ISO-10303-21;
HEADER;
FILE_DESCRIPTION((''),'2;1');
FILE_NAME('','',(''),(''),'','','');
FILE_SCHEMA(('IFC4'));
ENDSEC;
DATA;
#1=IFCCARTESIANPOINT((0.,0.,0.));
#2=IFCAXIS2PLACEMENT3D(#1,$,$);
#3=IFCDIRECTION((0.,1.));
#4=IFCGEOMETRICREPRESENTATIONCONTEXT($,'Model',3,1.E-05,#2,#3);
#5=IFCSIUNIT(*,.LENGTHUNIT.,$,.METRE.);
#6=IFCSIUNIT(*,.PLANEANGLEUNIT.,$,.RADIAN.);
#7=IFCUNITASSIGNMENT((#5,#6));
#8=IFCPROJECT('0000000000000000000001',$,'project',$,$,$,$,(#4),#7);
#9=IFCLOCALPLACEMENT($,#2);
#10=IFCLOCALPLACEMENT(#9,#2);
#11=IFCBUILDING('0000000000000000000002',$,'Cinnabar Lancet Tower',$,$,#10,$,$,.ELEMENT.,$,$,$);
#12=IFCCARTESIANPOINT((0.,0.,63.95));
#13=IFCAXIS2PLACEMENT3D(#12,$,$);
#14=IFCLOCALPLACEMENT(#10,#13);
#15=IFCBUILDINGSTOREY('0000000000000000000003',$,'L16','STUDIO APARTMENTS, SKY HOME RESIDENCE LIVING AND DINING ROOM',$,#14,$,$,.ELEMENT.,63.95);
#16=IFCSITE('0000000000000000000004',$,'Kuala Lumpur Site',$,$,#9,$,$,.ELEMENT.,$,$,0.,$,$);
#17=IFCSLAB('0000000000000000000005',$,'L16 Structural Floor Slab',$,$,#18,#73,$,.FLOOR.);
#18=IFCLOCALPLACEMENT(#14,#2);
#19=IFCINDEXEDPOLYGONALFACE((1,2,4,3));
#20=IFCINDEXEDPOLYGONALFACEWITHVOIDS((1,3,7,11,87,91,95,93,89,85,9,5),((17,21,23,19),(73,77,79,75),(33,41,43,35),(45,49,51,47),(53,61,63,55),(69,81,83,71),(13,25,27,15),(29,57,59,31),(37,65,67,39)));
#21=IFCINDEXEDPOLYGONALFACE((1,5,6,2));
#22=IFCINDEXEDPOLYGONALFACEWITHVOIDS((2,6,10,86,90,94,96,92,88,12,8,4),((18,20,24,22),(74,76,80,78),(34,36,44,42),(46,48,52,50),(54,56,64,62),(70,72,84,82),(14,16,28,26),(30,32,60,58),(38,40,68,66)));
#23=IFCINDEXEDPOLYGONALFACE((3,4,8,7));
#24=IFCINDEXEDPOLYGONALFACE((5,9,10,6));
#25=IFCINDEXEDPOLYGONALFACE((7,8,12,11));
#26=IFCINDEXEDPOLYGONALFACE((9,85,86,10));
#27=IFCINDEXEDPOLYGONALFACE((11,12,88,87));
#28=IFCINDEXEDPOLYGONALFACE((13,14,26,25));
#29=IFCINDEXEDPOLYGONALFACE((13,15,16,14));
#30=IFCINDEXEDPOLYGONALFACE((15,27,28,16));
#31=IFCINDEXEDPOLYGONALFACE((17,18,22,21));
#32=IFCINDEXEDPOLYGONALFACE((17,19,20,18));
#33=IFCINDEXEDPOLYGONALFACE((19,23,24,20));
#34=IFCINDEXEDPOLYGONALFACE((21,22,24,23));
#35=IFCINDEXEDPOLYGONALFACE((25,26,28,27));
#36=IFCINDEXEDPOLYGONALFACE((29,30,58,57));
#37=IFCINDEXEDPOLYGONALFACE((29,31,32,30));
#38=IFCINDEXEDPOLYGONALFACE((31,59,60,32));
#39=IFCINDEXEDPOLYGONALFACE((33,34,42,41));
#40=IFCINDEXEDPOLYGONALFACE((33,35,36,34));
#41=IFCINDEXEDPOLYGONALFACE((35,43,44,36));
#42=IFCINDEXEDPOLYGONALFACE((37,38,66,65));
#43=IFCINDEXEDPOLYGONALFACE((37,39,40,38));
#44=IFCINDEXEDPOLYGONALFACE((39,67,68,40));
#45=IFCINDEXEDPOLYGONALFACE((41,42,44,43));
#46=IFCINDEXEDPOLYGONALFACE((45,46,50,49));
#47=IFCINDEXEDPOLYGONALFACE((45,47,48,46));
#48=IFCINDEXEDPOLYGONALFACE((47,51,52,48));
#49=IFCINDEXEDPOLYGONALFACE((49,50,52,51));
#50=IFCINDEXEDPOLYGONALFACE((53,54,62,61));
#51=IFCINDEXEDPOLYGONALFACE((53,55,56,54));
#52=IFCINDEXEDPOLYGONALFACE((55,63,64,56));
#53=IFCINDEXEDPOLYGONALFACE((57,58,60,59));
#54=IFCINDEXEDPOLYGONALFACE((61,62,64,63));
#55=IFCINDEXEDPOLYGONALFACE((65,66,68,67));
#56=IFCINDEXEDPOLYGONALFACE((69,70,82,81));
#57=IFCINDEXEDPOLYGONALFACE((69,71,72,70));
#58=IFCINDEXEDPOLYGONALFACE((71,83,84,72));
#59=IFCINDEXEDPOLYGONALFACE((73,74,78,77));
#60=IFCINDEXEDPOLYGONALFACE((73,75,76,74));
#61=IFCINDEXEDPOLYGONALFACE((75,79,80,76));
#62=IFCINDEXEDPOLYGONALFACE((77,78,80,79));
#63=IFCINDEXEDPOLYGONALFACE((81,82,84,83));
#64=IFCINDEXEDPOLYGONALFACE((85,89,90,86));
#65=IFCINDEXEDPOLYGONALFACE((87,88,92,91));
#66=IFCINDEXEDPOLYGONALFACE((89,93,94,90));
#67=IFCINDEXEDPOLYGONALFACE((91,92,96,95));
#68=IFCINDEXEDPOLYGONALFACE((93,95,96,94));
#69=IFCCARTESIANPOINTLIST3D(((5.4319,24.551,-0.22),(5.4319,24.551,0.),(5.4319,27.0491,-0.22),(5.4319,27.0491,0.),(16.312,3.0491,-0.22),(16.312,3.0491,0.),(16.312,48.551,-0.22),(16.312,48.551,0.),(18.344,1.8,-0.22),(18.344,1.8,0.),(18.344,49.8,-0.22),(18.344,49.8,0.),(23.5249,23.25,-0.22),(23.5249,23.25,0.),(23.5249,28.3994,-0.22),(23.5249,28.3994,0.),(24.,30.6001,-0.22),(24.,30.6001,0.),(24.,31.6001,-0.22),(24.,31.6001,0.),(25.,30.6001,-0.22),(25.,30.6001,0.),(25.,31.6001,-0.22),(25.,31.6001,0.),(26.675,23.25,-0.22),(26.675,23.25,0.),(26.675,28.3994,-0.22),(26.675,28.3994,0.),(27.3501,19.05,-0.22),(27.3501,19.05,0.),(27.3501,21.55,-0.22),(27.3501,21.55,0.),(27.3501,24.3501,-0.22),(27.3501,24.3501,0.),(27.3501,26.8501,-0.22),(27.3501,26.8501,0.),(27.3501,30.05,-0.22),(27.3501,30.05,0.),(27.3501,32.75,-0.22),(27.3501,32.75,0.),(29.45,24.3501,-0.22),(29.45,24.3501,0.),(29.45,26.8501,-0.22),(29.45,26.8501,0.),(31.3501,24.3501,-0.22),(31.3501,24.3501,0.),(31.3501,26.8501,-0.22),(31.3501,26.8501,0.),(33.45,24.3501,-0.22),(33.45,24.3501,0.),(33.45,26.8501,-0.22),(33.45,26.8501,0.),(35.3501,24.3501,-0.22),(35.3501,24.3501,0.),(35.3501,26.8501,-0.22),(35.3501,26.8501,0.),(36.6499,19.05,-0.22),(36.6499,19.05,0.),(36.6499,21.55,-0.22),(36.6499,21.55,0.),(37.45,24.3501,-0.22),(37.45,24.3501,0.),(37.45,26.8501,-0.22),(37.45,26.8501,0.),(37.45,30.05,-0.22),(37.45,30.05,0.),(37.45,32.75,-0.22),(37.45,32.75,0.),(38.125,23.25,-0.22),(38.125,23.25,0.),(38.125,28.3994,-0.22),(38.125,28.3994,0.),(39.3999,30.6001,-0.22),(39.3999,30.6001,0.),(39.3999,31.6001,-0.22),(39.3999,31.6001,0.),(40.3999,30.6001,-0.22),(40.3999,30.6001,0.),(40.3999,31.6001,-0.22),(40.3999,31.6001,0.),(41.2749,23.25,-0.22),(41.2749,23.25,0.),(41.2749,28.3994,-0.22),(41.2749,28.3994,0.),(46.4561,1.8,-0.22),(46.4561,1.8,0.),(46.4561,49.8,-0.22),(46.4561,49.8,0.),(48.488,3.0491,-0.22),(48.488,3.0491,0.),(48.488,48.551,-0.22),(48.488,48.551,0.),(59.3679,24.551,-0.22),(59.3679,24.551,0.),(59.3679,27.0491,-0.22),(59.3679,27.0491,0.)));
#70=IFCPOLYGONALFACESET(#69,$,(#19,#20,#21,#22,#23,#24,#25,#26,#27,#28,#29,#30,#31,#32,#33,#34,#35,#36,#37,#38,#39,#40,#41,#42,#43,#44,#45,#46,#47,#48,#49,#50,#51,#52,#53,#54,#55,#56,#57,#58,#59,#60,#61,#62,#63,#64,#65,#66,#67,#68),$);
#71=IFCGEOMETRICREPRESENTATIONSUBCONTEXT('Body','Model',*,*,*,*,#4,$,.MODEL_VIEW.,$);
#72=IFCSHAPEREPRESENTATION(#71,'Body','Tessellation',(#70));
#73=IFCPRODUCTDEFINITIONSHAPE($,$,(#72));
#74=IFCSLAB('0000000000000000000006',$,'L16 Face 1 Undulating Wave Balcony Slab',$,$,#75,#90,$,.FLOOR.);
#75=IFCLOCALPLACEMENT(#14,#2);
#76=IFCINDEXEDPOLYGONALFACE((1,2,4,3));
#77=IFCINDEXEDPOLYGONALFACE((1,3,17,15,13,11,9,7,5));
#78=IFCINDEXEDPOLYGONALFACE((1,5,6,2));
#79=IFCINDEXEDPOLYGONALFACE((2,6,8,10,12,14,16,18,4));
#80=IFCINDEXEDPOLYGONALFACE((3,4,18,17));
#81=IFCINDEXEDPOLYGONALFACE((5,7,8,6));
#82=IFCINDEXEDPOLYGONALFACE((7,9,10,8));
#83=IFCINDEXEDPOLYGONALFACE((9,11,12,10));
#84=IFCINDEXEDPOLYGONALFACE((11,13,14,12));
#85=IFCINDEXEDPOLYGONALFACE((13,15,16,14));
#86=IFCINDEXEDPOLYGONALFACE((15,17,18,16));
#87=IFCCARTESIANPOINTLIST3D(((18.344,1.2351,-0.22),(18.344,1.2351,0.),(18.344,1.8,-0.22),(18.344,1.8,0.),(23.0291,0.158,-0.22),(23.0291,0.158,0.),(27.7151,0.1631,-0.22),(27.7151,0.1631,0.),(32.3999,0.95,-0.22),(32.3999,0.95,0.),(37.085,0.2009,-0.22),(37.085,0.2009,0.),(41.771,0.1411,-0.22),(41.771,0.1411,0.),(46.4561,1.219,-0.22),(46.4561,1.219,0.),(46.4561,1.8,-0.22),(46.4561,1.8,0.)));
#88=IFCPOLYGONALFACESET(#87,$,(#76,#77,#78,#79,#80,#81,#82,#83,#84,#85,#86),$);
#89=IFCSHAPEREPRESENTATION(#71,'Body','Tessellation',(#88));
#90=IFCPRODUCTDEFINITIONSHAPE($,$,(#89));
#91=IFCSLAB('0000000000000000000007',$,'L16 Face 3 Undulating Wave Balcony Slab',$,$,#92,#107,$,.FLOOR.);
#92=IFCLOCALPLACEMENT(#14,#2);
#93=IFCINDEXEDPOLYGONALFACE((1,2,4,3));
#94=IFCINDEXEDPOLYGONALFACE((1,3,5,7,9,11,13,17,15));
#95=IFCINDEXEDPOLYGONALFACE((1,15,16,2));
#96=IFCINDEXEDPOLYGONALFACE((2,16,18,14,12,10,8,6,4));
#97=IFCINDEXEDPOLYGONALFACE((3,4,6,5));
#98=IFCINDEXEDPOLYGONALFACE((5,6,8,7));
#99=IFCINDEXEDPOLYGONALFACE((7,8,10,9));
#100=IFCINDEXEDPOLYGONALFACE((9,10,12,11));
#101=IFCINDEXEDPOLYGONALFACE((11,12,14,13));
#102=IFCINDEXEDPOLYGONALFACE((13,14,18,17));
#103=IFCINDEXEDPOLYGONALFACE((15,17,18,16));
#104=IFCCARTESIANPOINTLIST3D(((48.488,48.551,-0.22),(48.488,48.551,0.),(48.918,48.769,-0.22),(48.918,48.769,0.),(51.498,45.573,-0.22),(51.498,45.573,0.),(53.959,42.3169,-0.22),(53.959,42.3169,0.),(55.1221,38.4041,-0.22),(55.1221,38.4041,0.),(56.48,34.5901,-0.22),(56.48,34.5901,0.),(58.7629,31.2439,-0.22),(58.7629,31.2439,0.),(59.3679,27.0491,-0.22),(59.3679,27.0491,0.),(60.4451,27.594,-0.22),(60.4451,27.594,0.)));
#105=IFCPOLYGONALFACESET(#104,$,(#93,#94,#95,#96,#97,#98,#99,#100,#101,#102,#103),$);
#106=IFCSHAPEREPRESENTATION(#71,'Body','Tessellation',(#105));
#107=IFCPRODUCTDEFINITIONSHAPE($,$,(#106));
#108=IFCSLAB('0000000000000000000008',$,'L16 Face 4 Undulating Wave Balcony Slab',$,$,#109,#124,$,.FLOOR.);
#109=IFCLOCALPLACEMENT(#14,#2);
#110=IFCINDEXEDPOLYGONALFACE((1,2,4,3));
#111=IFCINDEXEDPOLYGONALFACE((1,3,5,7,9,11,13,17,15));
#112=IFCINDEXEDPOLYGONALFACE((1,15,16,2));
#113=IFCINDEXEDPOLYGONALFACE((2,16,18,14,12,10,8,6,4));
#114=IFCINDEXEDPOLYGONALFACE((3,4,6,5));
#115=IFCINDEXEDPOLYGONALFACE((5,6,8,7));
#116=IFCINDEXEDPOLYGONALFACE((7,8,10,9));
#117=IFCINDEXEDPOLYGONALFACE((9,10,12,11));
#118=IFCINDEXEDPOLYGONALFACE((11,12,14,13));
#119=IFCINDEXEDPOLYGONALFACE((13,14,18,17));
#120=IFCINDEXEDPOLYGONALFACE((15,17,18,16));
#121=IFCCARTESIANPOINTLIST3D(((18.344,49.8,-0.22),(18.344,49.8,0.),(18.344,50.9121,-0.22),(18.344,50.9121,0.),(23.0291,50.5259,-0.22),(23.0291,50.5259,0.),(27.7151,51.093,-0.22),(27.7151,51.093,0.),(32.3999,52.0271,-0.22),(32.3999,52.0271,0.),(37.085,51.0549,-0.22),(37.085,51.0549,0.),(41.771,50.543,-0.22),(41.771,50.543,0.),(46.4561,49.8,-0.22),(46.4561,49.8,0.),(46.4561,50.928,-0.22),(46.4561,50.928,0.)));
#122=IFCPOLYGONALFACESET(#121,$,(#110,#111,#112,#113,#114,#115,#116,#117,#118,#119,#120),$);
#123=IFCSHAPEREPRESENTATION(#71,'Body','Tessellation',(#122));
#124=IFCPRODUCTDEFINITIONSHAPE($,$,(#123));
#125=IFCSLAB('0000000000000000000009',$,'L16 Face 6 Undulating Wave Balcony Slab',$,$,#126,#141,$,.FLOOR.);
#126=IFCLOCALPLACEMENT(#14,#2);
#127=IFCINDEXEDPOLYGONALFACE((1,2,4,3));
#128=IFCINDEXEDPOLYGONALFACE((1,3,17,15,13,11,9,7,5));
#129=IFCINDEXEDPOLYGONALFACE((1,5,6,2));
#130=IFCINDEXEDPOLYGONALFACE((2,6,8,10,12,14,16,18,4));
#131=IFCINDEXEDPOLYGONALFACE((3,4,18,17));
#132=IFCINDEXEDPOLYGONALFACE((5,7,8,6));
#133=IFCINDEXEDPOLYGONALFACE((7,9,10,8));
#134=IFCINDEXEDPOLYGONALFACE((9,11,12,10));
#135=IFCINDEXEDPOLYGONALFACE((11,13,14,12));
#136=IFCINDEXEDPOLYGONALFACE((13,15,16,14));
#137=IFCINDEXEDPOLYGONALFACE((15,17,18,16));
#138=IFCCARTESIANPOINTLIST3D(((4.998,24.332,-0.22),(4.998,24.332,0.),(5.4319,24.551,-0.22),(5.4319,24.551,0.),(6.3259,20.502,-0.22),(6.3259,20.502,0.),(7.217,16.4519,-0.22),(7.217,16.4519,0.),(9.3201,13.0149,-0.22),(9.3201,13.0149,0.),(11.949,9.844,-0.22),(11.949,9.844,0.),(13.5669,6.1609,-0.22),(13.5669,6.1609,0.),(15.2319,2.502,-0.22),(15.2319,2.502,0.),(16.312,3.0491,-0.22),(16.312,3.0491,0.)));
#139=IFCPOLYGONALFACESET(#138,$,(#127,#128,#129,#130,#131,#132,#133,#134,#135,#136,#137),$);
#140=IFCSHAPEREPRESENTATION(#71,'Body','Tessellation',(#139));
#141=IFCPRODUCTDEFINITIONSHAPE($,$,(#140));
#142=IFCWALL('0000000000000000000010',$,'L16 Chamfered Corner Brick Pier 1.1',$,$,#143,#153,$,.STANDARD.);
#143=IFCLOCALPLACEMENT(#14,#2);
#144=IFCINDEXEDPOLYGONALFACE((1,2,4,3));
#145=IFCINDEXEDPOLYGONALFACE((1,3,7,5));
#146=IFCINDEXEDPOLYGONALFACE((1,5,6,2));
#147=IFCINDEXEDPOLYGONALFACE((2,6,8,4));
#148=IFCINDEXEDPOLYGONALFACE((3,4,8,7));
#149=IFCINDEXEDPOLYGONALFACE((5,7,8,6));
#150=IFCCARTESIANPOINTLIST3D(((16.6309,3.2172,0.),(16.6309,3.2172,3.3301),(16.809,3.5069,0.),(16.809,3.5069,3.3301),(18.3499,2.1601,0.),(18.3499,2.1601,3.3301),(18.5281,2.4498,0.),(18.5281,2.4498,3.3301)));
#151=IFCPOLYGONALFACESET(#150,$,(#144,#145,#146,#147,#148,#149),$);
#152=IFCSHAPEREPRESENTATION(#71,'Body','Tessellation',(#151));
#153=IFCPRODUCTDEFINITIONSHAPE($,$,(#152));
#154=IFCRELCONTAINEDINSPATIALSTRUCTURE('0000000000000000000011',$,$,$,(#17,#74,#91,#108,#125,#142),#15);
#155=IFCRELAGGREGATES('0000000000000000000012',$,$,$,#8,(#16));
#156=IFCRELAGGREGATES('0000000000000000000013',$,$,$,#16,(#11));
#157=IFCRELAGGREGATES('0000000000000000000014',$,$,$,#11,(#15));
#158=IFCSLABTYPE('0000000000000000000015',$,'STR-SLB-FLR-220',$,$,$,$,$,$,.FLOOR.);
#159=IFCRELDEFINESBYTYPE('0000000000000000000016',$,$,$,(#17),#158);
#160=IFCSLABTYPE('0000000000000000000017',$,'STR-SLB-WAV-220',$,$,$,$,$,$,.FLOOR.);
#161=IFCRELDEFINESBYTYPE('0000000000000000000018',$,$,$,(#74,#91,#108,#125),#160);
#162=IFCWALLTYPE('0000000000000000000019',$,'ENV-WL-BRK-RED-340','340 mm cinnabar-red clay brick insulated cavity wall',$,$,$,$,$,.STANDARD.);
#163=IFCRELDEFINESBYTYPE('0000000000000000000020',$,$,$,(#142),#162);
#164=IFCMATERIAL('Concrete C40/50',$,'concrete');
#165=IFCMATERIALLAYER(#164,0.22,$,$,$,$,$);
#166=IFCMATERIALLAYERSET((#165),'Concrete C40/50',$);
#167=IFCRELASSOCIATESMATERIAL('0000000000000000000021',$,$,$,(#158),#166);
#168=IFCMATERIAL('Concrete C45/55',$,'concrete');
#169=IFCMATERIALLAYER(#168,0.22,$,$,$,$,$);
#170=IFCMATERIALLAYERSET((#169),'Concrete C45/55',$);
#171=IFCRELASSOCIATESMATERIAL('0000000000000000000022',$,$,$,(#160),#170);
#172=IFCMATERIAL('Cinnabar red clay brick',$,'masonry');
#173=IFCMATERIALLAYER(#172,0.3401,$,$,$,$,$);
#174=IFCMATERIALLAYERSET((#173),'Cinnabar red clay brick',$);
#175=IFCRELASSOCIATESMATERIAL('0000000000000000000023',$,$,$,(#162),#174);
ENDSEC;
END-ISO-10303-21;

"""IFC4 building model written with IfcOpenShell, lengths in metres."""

from ifc_helpers import new_model, si_unit, direction, frame, frame_2d, origin, place, context, subcontext, project, spatial, polyline, rectangle, outline, extrude, material, layer, layer_set, type_object, element, save


model = new_model("IFC4")

# Units and contexts
model_context = context("Model", 3, precision=1e-05, world=origin(), true_north=direction((0.0, 1.0)))
body_context = subcontext(model_context, "Body", "Model", "MODEL_VIEW")
ifc_project = project(units=[si_unit("LENGTHUNIT", "METRE"), si_unit("PLANEANGLEUNIT", "RADIAN")], contexts=[model_context])

# Site, building, storey
site_placement = place(None, origin())
site = spatial("IfcSite", under=ifc_project, at=site_placement, Name="Kuala Lumpur Site", CompositionType="ELEMENT", RefElevation=0.0)
building_placement = place(site_placement, origin())
building = spatial("IfcBuilding", under=site, at=building_placement, Name="Cinnabar Lancet Tower", CompositionType="ELEMENT")
storey_placement = place(building_placement, frame((0.0, 0.0, 63.95)))
storey = spatial("IfcBuildingStorey", under=building, at=storey_placement, Name="L16", Description="STUDIO APARTMENTS, SKY HOME RESIDENCE LIVING AND DINING ROOM", CompositionType="ELEMENT", Elevation=63.95)

# Slabs
ifc_material_1 = material(Name="Concrete C40/50", Category="concrete")
ifc_layer_1 = layer(ifc_material_1, 0.22)
ifc_layer_set_1 = layer_set([ifc_layer_1], Name="Concrete C40/50")
slab_type_1 = type_object("IfcSlabType", Name="STR-SLB-FLR-220", PredefinedType="FLOOR", material=ifc_layer_set_1)
slab_1_placement = place(storey_placement, frame((0.0, 0.0, -0.22)))
element("IfcSlab", 1, at=slab_1_placement, inside=storey, type_object=slab_type_1, Name="L16 Structural Floor Slab", PredefinedType="FLOOR", context=body_context, shape_type="SweptSolid", body=[
    extrude(outline(polyline([(16.312, 3.0491), (18.344, 1.8), (46.4561, 1.8), (48.488, 3.0491), (59.3679, 24.551), (59.3679, 27.0491), (48.488, 48.551), (46.4561, 49.8), (18.344, 49.8), (16.312, 48.551), (5.4319, 27.0491), (5.4319, 24.551), (16.312, 3.0491)]), holes=[polyline([(23.5249, 23.25), (26.675, 23.25), (26.675, 28.3994), (23.5249, 28.3994), (23.5249, 23.25)]), polyline([(38.125, 23.25), (41.2749, 23.25), (41.2749, 28.3994), (38.125, 28.3994), (38.125, 23.25)]), polyline([(27.3501, 30.05), (37.45, 30.05), (37.45, 32.75), (27.3501, 32.75), (27.3501, 30.05)]), polyline([(27.3501, 19.05), (36.6499, 19.05), (36.6499, 21.55), (27.3501, 21.55), (27.3501, 19.05)]), polyline([(27.3501, 24.3501), (29.45, 24.3501), (29.45, 26.8501), (27.3501, 26.8501), (27.3501, 24.3501)]), polyline([(35.3501, 24.3501), (37.45, 24.3501), (37.45, 26.8501), (35.3501, 26.8501), (35.3501, 24.3501)]), polyline([(31.3501, 24.3501), (33.45, 24.3501), (33.45, 26.8501), (31.3501, 26.8501), (31.3501, 24.3501)]), polyline([(24.0, 30.6001), (25.0, 30.6001), (25.0, 31.6001), (24.0, 31.6001), (24.0, 30.6001)]), polyline([(39.3999, 30.6001), (40.3999, 30.6001), (40.3999, 31.6001), (39.3999, 31.6001), (39.3999, 30.6001)])]), origin(), (0.0, 0.0, 1.0), 0.22),
])
ifc_material_2 = material(Name="Concrete C45/55", Category="concrete")
ifc_layer_2 = layer(ifc_material_2, 0.22)
ifc_layer_set_2 = layer_set([ifc_layer_2], Name="Concrete C45/55")
slab_type_2 = type_object("IfcSlabType", Name="STR-SLB-WAV-220", PredefinedType="FLOOR", material=ifc_layer_set_2)
slab_2_placement = place(storey_placement, frame((0.0, 0.0, -0.22)))
element("IfcSlab", 2, at=slab_2_placement, inside=storey, type_object=slab_type_2, Name="L16 Face 1 Undulating Wave Balcony Slab", PredefinedType="FLOOR", context=body_context, shape_type="SweptSolid", body=[
    extrude(outline(polyline([(18.344, 1.8), (18.344, 1.2351), (23.0291, 0.158), (27.7151, 0.1631), (32.3999, 0.95), (37.085, 0.2009), (41.771, 0.1411), (46.4561, 1.219), (46.4561, 1.8), (18.344, 1.8)])), origin(), (0.0, 0.0, 1.0), 0.22),
])
slab_3_placement = place(storey_placement, frame((0.0, 0.0, -0.22)))
element("IfcSlab", 3, at=slab_3_placement, inside=storey, type_object=slab_type_2, Name="L16 Face 3 Undulating Wave Balcony Slab", PredefinedType="FLOOR", context=body_context, shape_type="SweptSolid", body=[
    extrude(outline(polyline([(59.3679, 27.0491), (60.4451, 27.594), (58.7629, 31.2439), (56.48, 34.5901), (55.1221, 38.4041), (53.959, 42.3169), (51.498, 45.573), (48.918, 48.769), (48.488, 48.551), (59.3679, 27.0491)])), origin(), (0.0, 0.0, 1.0), 0.22),
])
slab_4_placement = place(storey_placement, frame((0.0, 0.0, -0.22)))
element("IfcSlab", 4, at=slab_4_placement, inside=storey, type_object=slab_type_2, Name="L16 Face 4 Undulating Wave Balcony Slab", PredefinedType="FLOOR", context=body_context, shape_type="SweptSolid", body=[
    extrude(outline(polyline([(46.4561, 49.8), (46.4561, 50.928), (41.771, 50.543), (37.085, 51.0549), (32.3999, 52.0271), (27.7151, 51.093), (23.0291, 50.5259), (18.344, 50.9121), (18.344, 49.8), (46.4561, 49.8)])), origin(), (0.0, 0.0, 1.0), 0.22),
])
slab_5_placement = place(storey_placement, frame((0.0, 0.0, -0.22)))
element("IfcSlab", 5, at=slab_5_placement, inside=storey, type_object=slab_type_2, Name="L16 Face 6 Undulating Wave Balcony Slab", PredefinedType="FLOOR", context=body_context, shape_type="SweptSolid", body=[
    extrude(outline(polyline([(5.4319, 24.551), (4.998, 24.332), (6.3259, 20.502), (7.217, 16.4519), (9.3201, 13.0149), (11.949, 9.844), (13.5669, 6.1609), (15.2319, 2.502), (16.312, 3.0491), (5.4319, 24.551)])), origin(), (0.0, 0.0, 1.0), 0.22),
])

# Wall
ifc_material_3 = material(Name="Cinnabar red clay brick", Category="masonry")
ifc_layer_3 = layer(ifc_material_3, 0.3401)
ifc_layer_set_3 = layer_set([ifc_layer_3], Name="Cinnabar red clay brick")
wall_type = type_object("IfcWallType", Name="ENV-WL-BRK-RED-340", Description="340 mm cinnabar-red clay brick insulated cavity wall", PredefinedType="STANDARD", material=ifc_layer_set_3)
wall_1_placement = place(storey_placement, frame((16.72, 3.3621, 0.0), z_axis=(0.0, 0.0, 1.0), x_axis=(0.851816, -0.523841, 0.0)))
element("IfcWall", 6, at=wall_1_placement, inside=storey, type_object=wall_type, Name="L16 Chamfered Corner Brick Pier 1.1", PredefinedType="STANDARD", context=body_context, shape_type="SweptSolid", body=[
    extrude(rectangle(XDim=2.0181, YDim=0.3401, at=frame_2d((1.009, 0.0))), origin(), (0.0, 0.0, 1.0), 3.3301),
])

save(model, "model.ifc")
